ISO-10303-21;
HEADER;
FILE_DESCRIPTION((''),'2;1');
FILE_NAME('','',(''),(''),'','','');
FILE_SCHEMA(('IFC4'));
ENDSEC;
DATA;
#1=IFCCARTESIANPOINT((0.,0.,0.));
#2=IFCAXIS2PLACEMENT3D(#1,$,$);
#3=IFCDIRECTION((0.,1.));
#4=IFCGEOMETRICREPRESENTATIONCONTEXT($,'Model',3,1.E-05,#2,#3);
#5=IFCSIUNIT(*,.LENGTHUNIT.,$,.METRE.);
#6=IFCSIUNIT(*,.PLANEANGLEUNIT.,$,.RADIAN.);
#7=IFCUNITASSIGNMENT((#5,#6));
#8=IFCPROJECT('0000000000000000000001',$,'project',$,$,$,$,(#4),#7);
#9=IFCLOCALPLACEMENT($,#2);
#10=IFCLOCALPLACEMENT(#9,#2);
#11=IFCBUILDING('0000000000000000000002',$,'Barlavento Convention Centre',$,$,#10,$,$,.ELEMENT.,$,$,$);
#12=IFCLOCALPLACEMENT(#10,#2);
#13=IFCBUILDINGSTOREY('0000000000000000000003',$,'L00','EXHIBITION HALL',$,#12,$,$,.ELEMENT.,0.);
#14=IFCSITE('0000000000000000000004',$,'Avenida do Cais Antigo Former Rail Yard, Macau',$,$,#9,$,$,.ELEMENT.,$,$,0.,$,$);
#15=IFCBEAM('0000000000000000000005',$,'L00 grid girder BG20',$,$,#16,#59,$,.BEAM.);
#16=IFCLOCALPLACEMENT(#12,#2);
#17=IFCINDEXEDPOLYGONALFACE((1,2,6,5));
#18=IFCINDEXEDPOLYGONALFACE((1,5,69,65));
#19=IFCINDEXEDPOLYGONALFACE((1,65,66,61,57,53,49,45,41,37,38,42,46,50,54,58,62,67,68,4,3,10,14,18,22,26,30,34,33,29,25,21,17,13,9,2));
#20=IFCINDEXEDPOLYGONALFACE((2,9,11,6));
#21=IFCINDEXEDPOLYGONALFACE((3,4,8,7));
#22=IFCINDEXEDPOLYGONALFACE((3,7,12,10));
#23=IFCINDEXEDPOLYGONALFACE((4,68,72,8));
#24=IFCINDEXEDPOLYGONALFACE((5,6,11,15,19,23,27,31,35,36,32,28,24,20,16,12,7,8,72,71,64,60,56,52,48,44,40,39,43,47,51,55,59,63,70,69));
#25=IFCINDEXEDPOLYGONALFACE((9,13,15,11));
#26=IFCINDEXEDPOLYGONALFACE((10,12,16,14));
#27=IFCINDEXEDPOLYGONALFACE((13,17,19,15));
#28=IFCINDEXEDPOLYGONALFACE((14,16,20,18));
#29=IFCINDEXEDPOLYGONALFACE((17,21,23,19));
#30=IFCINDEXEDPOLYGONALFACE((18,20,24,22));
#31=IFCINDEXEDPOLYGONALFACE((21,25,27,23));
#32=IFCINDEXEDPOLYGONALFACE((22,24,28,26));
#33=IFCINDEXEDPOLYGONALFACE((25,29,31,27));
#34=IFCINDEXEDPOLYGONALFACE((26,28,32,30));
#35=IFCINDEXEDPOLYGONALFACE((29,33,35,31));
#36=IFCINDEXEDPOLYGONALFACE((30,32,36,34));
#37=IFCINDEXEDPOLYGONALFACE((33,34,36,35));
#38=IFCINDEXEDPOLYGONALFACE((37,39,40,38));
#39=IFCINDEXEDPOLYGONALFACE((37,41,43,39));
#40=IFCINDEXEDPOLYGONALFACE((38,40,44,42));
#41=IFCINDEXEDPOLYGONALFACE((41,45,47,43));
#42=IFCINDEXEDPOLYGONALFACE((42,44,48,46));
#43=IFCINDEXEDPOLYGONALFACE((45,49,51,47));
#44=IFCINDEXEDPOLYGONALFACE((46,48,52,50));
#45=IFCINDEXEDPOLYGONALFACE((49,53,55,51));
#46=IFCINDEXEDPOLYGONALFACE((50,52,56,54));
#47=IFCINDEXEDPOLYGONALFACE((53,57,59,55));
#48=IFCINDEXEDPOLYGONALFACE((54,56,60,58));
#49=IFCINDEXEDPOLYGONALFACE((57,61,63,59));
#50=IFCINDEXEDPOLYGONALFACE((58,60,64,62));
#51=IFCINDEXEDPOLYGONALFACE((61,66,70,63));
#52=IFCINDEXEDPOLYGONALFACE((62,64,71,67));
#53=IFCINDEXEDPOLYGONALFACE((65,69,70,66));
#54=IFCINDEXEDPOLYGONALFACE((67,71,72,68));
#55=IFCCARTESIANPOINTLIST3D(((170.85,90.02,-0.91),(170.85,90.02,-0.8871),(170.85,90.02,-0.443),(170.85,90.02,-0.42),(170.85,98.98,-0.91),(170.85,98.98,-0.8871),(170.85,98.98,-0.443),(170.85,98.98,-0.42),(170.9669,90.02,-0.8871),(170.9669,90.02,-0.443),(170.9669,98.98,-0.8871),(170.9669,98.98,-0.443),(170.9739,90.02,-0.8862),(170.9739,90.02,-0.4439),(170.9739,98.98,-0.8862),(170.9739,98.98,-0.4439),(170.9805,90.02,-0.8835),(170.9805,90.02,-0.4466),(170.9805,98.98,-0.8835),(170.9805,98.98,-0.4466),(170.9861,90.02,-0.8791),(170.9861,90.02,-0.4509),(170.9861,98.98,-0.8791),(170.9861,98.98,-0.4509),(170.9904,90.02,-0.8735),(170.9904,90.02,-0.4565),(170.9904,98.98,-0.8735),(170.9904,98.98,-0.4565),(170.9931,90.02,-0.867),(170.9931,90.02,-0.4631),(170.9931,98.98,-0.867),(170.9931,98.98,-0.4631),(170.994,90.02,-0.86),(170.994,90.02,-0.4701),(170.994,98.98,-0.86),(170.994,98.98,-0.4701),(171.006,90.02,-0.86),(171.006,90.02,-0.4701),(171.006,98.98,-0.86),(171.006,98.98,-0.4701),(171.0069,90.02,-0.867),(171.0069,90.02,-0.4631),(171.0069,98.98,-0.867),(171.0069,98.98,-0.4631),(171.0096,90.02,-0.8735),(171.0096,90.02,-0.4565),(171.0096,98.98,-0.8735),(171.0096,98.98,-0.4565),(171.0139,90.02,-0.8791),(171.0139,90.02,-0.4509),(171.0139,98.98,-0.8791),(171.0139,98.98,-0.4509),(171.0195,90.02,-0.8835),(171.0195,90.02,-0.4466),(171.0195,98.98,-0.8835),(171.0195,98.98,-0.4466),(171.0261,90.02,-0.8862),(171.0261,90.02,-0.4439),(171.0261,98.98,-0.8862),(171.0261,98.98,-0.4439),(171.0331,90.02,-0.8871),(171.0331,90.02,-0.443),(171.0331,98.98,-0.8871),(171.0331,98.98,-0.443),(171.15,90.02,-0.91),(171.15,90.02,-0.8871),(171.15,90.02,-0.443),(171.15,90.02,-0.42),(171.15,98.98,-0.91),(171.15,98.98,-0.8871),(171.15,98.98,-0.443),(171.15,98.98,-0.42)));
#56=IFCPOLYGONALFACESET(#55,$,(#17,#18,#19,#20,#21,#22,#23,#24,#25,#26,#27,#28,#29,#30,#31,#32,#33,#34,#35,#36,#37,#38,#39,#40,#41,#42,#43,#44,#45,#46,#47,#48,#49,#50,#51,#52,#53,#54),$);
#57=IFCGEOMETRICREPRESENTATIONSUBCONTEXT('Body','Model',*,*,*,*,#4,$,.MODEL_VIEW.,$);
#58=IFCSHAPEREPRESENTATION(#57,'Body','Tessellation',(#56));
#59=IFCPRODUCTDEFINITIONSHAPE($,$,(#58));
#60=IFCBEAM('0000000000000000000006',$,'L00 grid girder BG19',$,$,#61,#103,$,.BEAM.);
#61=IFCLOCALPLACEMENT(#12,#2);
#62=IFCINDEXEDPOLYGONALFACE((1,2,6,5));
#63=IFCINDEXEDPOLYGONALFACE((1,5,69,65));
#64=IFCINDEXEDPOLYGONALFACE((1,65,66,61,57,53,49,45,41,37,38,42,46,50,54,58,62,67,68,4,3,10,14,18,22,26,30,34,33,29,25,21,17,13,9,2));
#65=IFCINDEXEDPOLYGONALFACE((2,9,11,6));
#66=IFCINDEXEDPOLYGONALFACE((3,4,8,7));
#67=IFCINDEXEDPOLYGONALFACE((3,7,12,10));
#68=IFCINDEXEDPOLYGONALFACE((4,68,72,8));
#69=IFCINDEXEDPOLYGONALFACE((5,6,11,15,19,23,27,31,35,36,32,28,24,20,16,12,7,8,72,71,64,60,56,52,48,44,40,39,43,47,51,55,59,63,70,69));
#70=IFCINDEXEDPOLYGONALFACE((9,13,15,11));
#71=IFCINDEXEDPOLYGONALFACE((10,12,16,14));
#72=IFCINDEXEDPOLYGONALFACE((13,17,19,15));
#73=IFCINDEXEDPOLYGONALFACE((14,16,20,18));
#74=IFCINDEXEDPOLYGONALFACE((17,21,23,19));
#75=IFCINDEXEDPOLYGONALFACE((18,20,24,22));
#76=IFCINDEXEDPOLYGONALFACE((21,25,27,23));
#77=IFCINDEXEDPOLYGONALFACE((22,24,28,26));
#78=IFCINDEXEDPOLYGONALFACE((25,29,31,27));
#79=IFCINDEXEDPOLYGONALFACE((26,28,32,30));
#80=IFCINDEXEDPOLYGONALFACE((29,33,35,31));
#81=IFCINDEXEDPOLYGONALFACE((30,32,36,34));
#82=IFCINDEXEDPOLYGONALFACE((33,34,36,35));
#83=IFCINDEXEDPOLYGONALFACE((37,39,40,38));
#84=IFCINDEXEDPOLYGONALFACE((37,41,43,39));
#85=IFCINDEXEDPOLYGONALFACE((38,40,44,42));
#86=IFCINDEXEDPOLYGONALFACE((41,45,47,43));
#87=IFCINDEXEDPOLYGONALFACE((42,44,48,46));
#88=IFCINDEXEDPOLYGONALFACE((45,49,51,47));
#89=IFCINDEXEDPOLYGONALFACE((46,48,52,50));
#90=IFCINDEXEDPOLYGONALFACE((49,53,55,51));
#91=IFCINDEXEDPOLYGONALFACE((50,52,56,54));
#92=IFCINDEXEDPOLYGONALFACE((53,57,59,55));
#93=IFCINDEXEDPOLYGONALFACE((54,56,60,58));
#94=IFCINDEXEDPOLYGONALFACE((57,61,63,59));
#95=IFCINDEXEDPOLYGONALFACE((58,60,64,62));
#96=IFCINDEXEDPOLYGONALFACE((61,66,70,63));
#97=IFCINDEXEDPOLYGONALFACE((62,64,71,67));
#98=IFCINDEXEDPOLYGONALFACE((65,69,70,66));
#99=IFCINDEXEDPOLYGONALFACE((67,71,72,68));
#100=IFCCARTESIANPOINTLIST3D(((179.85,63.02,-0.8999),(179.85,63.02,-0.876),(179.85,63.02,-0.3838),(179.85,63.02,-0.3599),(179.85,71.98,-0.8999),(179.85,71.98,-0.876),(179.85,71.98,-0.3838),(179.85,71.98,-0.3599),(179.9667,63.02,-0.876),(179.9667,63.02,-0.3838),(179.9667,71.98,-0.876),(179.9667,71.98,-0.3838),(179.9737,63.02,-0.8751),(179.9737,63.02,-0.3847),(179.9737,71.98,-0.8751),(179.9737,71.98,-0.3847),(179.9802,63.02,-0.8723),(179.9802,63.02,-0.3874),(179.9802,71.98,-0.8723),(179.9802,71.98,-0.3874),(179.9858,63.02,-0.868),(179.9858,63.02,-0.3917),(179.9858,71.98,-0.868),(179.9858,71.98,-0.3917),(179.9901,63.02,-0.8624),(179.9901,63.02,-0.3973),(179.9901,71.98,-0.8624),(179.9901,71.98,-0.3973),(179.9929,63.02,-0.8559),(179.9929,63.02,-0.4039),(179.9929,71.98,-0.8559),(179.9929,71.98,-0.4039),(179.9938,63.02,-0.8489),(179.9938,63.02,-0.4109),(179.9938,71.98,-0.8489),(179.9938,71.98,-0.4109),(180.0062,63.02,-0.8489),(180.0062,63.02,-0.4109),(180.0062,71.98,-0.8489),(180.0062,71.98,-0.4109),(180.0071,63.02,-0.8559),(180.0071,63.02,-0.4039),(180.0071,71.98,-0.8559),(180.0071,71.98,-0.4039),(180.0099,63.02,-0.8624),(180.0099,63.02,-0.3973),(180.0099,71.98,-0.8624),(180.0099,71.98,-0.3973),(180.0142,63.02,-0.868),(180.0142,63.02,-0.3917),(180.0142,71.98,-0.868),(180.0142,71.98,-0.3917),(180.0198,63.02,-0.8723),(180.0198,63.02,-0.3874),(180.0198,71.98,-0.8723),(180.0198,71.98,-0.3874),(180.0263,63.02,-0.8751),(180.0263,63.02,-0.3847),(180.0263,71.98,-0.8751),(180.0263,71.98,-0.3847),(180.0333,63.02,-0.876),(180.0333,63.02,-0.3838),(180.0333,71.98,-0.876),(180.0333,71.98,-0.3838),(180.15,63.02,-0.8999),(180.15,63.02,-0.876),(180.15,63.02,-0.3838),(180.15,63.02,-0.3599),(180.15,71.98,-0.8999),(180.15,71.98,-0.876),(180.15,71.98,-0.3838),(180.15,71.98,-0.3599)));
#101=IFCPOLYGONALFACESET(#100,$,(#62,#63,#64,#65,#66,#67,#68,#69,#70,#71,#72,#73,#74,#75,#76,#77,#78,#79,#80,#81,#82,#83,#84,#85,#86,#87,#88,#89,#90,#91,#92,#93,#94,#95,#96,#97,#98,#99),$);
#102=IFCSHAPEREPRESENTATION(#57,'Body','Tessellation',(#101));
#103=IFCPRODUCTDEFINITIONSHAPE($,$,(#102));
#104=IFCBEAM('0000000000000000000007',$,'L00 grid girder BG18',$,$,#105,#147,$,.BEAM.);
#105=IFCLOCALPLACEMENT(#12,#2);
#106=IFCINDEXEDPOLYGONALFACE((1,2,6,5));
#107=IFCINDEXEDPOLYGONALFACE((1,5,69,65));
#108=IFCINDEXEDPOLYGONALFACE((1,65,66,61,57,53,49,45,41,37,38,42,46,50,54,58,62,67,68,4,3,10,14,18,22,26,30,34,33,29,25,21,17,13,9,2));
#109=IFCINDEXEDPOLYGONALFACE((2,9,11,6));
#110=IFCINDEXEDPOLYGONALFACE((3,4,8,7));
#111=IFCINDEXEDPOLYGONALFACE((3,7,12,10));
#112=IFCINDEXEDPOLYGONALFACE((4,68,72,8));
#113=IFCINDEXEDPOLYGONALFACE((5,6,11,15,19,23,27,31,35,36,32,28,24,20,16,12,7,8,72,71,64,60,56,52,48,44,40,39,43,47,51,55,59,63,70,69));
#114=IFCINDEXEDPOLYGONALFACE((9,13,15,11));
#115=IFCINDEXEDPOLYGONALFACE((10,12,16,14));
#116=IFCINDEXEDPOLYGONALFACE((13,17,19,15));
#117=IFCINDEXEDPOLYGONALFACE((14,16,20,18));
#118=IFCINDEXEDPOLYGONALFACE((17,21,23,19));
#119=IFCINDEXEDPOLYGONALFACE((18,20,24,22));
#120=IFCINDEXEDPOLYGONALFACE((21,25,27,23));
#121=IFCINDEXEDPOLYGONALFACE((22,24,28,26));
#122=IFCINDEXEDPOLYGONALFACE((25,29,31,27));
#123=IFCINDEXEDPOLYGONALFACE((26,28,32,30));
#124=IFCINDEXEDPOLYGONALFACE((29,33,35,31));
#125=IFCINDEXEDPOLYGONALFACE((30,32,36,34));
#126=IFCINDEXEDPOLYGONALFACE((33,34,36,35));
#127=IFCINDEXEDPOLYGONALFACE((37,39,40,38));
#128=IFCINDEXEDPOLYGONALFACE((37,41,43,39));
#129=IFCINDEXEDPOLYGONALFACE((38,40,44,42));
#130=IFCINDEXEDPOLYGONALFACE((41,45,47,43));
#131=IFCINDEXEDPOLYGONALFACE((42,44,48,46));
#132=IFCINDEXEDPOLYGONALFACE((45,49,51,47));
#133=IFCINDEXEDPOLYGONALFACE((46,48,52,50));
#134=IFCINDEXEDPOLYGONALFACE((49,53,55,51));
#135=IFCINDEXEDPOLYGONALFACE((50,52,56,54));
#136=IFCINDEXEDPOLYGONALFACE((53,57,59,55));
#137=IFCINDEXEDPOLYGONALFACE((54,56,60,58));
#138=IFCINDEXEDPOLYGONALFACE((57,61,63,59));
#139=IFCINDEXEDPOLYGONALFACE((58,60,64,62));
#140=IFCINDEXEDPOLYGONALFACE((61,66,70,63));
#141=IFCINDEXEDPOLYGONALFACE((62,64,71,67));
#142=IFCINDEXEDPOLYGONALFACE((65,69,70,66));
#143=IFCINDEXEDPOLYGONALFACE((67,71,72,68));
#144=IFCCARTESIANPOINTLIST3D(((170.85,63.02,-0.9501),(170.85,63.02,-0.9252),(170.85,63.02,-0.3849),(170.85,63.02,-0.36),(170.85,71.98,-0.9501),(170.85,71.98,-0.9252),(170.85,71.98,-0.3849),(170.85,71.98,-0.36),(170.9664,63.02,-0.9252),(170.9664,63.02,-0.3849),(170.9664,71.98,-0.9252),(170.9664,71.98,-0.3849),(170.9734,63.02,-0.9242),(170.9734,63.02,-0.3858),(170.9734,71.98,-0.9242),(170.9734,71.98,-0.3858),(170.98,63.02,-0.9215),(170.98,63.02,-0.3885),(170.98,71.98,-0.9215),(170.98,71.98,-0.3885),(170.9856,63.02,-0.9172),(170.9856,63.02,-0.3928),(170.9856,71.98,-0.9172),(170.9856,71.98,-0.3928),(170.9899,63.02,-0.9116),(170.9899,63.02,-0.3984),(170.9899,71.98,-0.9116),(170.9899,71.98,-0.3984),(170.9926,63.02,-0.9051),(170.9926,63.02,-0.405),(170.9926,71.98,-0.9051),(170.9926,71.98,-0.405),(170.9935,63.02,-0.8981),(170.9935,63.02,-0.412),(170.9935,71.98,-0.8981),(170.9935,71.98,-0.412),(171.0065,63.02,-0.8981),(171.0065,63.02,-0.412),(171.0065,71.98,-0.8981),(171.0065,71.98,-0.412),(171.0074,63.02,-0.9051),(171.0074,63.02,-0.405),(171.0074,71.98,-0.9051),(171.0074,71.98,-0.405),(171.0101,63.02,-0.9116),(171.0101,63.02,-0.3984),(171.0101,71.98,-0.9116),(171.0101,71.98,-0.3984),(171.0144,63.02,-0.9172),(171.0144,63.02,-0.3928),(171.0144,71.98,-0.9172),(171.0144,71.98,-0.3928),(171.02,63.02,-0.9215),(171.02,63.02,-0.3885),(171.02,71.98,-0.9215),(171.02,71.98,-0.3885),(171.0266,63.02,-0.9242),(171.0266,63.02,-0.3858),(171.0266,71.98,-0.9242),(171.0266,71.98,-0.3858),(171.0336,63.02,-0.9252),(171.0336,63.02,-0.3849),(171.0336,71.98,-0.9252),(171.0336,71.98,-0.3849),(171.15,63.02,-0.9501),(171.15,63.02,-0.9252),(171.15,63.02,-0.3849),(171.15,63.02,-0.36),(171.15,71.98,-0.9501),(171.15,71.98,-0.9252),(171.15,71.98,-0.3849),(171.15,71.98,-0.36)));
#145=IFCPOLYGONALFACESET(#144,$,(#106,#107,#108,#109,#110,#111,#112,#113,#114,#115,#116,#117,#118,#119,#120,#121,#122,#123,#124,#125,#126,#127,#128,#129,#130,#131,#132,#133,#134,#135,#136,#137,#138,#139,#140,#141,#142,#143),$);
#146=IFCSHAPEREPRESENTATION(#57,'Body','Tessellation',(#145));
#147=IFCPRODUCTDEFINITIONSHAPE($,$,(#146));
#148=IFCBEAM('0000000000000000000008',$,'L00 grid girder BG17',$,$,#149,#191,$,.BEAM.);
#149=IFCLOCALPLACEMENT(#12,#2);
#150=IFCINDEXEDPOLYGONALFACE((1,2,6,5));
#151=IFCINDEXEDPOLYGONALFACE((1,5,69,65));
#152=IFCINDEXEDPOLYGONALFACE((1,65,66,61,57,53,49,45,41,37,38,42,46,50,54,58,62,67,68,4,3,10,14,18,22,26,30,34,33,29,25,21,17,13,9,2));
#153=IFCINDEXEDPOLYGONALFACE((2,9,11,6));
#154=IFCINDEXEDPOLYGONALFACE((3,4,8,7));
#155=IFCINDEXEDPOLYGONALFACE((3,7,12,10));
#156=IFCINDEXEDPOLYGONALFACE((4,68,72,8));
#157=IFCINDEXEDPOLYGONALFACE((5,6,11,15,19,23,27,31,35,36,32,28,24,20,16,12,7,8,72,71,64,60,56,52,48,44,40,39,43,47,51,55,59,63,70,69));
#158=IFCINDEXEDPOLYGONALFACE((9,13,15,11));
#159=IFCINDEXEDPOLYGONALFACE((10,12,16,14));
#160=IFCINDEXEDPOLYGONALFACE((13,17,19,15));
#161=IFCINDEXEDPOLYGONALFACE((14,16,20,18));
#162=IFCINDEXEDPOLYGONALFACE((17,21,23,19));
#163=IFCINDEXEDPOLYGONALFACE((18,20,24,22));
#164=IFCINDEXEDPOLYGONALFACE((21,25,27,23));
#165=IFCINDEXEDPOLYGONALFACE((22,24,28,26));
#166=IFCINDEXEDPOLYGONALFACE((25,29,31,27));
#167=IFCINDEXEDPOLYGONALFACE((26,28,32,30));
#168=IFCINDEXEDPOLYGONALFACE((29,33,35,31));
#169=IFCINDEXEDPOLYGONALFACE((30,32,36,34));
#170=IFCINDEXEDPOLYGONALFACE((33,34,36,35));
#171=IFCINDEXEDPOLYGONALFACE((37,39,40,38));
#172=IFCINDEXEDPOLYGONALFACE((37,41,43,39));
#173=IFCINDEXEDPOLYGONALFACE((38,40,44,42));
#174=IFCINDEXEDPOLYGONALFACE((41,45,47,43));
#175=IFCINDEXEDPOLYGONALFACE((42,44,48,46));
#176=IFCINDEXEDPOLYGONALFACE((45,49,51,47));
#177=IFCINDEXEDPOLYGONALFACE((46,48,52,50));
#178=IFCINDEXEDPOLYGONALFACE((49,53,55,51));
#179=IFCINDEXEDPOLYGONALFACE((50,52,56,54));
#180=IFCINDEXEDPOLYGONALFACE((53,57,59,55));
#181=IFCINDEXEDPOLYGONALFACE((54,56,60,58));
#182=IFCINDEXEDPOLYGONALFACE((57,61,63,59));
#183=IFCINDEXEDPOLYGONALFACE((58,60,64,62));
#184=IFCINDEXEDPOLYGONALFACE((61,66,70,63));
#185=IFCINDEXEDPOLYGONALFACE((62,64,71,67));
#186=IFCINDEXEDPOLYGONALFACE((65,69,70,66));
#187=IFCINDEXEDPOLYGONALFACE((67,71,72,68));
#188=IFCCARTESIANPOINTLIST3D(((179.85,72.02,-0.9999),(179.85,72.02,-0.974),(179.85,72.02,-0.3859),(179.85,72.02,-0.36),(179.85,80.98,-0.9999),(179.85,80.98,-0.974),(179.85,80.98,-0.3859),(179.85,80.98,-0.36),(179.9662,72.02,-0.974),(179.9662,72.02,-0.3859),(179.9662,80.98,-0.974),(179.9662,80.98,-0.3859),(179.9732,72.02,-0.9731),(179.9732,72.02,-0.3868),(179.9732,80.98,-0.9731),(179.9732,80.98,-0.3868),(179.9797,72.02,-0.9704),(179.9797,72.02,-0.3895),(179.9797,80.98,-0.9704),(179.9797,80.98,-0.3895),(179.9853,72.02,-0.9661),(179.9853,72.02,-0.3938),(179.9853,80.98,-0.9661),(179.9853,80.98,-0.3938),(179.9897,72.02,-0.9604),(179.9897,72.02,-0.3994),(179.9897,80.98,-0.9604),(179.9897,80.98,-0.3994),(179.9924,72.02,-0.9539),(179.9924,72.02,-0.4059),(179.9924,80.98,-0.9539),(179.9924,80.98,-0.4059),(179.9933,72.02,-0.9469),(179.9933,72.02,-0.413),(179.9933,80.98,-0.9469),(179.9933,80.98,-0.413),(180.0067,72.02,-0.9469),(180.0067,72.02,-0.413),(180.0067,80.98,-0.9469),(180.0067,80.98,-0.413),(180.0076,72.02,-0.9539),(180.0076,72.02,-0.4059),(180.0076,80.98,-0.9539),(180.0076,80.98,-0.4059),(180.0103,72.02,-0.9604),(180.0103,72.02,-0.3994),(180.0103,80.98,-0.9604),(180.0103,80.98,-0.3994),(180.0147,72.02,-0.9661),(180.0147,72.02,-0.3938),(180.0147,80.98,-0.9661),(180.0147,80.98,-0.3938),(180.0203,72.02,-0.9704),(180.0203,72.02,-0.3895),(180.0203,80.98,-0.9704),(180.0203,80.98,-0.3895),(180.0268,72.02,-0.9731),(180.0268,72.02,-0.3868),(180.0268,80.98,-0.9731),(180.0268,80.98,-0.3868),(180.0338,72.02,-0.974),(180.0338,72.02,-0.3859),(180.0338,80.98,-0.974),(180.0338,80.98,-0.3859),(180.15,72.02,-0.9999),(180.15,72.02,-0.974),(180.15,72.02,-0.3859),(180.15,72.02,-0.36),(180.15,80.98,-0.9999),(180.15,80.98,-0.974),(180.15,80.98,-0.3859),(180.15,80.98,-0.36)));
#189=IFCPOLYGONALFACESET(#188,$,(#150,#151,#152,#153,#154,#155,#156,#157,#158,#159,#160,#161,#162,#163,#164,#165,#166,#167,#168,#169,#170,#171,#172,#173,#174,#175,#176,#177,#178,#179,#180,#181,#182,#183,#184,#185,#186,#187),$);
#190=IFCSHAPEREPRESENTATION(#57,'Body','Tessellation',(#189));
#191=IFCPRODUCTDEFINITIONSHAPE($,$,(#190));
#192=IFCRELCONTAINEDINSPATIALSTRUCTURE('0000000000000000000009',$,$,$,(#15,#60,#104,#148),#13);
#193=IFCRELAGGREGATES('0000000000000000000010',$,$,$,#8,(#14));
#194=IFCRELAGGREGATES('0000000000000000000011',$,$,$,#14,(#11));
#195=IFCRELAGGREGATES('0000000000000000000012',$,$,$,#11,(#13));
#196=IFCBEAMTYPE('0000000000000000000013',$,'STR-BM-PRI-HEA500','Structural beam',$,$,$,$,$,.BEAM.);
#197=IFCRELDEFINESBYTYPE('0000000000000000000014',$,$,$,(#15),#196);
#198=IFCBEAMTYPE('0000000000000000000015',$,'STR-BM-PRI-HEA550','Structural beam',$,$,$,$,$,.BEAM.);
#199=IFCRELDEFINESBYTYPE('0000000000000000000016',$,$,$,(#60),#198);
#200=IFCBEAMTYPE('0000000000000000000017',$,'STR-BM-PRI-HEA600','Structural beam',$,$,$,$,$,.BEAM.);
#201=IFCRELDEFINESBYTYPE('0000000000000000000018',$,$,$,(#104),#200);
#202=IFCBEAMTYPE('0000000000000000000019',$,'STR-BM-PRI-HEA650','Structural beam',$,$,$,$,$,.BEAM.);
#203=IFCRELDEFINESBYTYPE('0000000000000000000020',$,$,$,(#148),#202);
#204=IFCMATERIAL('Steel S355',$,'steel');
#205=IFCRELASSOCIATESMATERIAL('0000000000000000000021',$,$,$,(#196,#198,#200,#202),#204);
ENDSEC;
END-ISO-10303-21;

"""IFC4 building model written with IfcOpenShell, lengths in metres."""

from ifc_helpers import new_model, si_unit, direction, frame, origin, origin_2d, place, context, subcontext, project, spatial, i_section, extrude, material, material_profile, profile_set, type_object, element, save


model = new_model("IFC4")

# Units and contexts
model_context = context("Model", 3, precision=1e-05, world=origin(), true_north=direction((0.0, 1.0)))
body_context = subcontext(model_context, "Body", "Model", "MODEL_VIEW")
ifc_project = project(units=[si_unit("LENGTHUNIT", "METRE"), si_unit("PLANEANGLEUNIT", "RADIAN")], contexts=[model_context])

# Site, building, storey
site_placement = place(None, origin())
site = spatial("IfcSite", under=ifc_project, at=site_placement, Name="Avenida do Cais Antigo Former Rail Yard, Macau", CompositionType="ELEMENT", RefElevation=0.0)
building_placement = place(site_placement, origin())
building = spatial("IfcBuilding", under=site, at=building_placement, Name="Barlavento Convention Centre", CompositionType="ELEMENT")
storey_placement = place(building_placement, origin())
storey = spatial("IfcBuildingStorey", under=building, at=storey_placement, Name="L00", Description="EXHIBITION HALL", CompositionType="ELEMENT", Elevation=0.0)

# Beams
ifc_material_1 = material(Name="Steel S355", Category="steel")
ifc_material_profile_1 = material_profile(ifc_material_1, i_section(OverallWidth=0.3, OverallDepth=0.49, WebThickness=0.012, FlangeThickness=0.0229, FilletRadius=0.0271, at=origin_2d()), Name="HEA 500")
ifc_profile_set_1 = profile_set([ifc_material_profile_1], Name="Steel S355")
beam_type_1 = type_object("IfcBeamType", Name="STR-BM-PRI-HEA500", Description="Structural beam", PredefinedType="BEAM", material=ifc_profile_set_1)
beam_1_placement = place(storey_placement, frame((171.0, 90.02, -0.665), z_axis=(0.0, 1.0, 0.0), x_axis=(-1.0, 0.0, 0.0)))
element("IfcBeam", 1, at=beam_1_placement, inside=storey, type_object=beam_type_1, Name="L00 grid girder BG20", PredefinedType="BEAM", context=body_context, shape_type="SweptSolid", body=[
    extrude(i_section(OverallWidth=0.3, OverallDepth=0.49, WebThickness=0.012, FlangeThickness=0.0229, FilletRadius=0.0271, at=origin_2d()), origin(), (0.0, 0.0, 1.0), 8.96),
])
ifc_material_profile_2 = material_profile(ifc_material_1, i_section(OverallWidth=0.3, OverallDepth=0.54, WebThickness=0.0125, FlangeThickness=0.0239, FilletRadius=0.0271, at=origin_2d()), Name="HEA 550")
ifc_profile_set_2 = profile_set([ifc_material_profile_2], Name="Steel S355")
beam_type_2 = type_object("IfcBeamType", Name="STR-BM-PRI-HEA550", Description="Structural beam", PredefinedType="BEAM", material=ifc_profile_set_2)
beam_2_placement = place(storey_placement, frame((180.0, 63.02, -0.6299), z_axis=(0.0, 1.0, 0.0), x_axis=(-1.0, 0.0, 0.0)))
element("IfcBeam", 2, at=beam_2_placement, inside=storey, type_object=beam_type_2, Name="L00 grid girder BG19", PredefinedType="BEAM", context=body_context, shape_type="SweptSolid", body=[
    extrude(i_section(OverallWidth=0.3, OverallDepth=0.54, WebThickness=0.0125, FlangeThickness=0.0239, FilletRadius=0.0271, at=origin_2d()), origin(), (0.0, 0.0, 1.0), 8.96),
])
ifc_material_profile_3 = material_profile(ifc_material_1, i_section(OverallWidth=0.3, OverallDepth=0.5901, WebThickness=0.0129, FlangeThickness=0.0249, FilletRadius=0.0271, at=origin_2d()), Name="HEA 600")
ifc_profile_set_3 = profile_set([ifc_material_profile_3], Name="Steel S355")
beam_type_3 = type_object("IfcBeamType", Name="STR-BM-PRI-HEA600", Description="Structural beam", PredefinedType="BEAM", material=ifc_profile_set_3)
beam_3_placement = place(storey_placement, frame((171.0, 63.02, -0.655), z_axis=(0.0, 1.0, 0.0), x_axis=(-1.0, 0.0, 0.0)))
element("IfcBeam", 3, at=beam_3_placement, inside=storey, type_object=beam_type_3, Name="L00 grid girder BG18", PredefinedType="BEAM", context=body_context, shape_type="SweptSolid", body=[
    extrude(i_section(OverallWidth=0.3, OverallDepth=0.5901, WebThickness=0.0129, FlangeThickness=0.0249, FilletRadius=0.0271, at=origin_2d()), origin(), (0.0, 0.0, 1.0), 8.96),
])
ifc_material_profile_4 = material_profile(ifc_material_1, i_section(OverallWidth=0.3, OverallDepth=0.6399, WebThickness=0.0134, FlangeThickness=0.0259, FilletRadius=0.0271, at=origin_2d()), Name="HEA 650")
ifc_profile_set_4 = profile_set([ifc_material_profile_4], Name="Steel S355")
beam_type_4 = type_object("IfcBeamType", Name="STR-BM-PRI-HEA650", Description="Structural beam", PredefinedType="BEAM", material=ifc_profile_set_4)
beam_4_placement = place(storey_placement, frame((180.0, 72.02, -0.6799), z_axis=(0.0, 1.0, 0.0), x_axis=(-1.0, 0.0, 0.0)))
element("IfcBeam", 4, at=beam_4_placement, inside=storey, type_object=beam_type_4, Name="L00 grid girder BG17", PredefinedType="BEAM", context=body_context, shape_type="SweptSolid", body=[
    extrude(i_section(OverallWidth=0.3, OverallDepth=0.6399, WebThickness=0.0134, FlangeThickness=0.0259, FilletRadius=0.0271, at=origin_2d()), origin(), (0.0, 0.0, 1.0), 8.96),
])

save(model, "model.ifc")
